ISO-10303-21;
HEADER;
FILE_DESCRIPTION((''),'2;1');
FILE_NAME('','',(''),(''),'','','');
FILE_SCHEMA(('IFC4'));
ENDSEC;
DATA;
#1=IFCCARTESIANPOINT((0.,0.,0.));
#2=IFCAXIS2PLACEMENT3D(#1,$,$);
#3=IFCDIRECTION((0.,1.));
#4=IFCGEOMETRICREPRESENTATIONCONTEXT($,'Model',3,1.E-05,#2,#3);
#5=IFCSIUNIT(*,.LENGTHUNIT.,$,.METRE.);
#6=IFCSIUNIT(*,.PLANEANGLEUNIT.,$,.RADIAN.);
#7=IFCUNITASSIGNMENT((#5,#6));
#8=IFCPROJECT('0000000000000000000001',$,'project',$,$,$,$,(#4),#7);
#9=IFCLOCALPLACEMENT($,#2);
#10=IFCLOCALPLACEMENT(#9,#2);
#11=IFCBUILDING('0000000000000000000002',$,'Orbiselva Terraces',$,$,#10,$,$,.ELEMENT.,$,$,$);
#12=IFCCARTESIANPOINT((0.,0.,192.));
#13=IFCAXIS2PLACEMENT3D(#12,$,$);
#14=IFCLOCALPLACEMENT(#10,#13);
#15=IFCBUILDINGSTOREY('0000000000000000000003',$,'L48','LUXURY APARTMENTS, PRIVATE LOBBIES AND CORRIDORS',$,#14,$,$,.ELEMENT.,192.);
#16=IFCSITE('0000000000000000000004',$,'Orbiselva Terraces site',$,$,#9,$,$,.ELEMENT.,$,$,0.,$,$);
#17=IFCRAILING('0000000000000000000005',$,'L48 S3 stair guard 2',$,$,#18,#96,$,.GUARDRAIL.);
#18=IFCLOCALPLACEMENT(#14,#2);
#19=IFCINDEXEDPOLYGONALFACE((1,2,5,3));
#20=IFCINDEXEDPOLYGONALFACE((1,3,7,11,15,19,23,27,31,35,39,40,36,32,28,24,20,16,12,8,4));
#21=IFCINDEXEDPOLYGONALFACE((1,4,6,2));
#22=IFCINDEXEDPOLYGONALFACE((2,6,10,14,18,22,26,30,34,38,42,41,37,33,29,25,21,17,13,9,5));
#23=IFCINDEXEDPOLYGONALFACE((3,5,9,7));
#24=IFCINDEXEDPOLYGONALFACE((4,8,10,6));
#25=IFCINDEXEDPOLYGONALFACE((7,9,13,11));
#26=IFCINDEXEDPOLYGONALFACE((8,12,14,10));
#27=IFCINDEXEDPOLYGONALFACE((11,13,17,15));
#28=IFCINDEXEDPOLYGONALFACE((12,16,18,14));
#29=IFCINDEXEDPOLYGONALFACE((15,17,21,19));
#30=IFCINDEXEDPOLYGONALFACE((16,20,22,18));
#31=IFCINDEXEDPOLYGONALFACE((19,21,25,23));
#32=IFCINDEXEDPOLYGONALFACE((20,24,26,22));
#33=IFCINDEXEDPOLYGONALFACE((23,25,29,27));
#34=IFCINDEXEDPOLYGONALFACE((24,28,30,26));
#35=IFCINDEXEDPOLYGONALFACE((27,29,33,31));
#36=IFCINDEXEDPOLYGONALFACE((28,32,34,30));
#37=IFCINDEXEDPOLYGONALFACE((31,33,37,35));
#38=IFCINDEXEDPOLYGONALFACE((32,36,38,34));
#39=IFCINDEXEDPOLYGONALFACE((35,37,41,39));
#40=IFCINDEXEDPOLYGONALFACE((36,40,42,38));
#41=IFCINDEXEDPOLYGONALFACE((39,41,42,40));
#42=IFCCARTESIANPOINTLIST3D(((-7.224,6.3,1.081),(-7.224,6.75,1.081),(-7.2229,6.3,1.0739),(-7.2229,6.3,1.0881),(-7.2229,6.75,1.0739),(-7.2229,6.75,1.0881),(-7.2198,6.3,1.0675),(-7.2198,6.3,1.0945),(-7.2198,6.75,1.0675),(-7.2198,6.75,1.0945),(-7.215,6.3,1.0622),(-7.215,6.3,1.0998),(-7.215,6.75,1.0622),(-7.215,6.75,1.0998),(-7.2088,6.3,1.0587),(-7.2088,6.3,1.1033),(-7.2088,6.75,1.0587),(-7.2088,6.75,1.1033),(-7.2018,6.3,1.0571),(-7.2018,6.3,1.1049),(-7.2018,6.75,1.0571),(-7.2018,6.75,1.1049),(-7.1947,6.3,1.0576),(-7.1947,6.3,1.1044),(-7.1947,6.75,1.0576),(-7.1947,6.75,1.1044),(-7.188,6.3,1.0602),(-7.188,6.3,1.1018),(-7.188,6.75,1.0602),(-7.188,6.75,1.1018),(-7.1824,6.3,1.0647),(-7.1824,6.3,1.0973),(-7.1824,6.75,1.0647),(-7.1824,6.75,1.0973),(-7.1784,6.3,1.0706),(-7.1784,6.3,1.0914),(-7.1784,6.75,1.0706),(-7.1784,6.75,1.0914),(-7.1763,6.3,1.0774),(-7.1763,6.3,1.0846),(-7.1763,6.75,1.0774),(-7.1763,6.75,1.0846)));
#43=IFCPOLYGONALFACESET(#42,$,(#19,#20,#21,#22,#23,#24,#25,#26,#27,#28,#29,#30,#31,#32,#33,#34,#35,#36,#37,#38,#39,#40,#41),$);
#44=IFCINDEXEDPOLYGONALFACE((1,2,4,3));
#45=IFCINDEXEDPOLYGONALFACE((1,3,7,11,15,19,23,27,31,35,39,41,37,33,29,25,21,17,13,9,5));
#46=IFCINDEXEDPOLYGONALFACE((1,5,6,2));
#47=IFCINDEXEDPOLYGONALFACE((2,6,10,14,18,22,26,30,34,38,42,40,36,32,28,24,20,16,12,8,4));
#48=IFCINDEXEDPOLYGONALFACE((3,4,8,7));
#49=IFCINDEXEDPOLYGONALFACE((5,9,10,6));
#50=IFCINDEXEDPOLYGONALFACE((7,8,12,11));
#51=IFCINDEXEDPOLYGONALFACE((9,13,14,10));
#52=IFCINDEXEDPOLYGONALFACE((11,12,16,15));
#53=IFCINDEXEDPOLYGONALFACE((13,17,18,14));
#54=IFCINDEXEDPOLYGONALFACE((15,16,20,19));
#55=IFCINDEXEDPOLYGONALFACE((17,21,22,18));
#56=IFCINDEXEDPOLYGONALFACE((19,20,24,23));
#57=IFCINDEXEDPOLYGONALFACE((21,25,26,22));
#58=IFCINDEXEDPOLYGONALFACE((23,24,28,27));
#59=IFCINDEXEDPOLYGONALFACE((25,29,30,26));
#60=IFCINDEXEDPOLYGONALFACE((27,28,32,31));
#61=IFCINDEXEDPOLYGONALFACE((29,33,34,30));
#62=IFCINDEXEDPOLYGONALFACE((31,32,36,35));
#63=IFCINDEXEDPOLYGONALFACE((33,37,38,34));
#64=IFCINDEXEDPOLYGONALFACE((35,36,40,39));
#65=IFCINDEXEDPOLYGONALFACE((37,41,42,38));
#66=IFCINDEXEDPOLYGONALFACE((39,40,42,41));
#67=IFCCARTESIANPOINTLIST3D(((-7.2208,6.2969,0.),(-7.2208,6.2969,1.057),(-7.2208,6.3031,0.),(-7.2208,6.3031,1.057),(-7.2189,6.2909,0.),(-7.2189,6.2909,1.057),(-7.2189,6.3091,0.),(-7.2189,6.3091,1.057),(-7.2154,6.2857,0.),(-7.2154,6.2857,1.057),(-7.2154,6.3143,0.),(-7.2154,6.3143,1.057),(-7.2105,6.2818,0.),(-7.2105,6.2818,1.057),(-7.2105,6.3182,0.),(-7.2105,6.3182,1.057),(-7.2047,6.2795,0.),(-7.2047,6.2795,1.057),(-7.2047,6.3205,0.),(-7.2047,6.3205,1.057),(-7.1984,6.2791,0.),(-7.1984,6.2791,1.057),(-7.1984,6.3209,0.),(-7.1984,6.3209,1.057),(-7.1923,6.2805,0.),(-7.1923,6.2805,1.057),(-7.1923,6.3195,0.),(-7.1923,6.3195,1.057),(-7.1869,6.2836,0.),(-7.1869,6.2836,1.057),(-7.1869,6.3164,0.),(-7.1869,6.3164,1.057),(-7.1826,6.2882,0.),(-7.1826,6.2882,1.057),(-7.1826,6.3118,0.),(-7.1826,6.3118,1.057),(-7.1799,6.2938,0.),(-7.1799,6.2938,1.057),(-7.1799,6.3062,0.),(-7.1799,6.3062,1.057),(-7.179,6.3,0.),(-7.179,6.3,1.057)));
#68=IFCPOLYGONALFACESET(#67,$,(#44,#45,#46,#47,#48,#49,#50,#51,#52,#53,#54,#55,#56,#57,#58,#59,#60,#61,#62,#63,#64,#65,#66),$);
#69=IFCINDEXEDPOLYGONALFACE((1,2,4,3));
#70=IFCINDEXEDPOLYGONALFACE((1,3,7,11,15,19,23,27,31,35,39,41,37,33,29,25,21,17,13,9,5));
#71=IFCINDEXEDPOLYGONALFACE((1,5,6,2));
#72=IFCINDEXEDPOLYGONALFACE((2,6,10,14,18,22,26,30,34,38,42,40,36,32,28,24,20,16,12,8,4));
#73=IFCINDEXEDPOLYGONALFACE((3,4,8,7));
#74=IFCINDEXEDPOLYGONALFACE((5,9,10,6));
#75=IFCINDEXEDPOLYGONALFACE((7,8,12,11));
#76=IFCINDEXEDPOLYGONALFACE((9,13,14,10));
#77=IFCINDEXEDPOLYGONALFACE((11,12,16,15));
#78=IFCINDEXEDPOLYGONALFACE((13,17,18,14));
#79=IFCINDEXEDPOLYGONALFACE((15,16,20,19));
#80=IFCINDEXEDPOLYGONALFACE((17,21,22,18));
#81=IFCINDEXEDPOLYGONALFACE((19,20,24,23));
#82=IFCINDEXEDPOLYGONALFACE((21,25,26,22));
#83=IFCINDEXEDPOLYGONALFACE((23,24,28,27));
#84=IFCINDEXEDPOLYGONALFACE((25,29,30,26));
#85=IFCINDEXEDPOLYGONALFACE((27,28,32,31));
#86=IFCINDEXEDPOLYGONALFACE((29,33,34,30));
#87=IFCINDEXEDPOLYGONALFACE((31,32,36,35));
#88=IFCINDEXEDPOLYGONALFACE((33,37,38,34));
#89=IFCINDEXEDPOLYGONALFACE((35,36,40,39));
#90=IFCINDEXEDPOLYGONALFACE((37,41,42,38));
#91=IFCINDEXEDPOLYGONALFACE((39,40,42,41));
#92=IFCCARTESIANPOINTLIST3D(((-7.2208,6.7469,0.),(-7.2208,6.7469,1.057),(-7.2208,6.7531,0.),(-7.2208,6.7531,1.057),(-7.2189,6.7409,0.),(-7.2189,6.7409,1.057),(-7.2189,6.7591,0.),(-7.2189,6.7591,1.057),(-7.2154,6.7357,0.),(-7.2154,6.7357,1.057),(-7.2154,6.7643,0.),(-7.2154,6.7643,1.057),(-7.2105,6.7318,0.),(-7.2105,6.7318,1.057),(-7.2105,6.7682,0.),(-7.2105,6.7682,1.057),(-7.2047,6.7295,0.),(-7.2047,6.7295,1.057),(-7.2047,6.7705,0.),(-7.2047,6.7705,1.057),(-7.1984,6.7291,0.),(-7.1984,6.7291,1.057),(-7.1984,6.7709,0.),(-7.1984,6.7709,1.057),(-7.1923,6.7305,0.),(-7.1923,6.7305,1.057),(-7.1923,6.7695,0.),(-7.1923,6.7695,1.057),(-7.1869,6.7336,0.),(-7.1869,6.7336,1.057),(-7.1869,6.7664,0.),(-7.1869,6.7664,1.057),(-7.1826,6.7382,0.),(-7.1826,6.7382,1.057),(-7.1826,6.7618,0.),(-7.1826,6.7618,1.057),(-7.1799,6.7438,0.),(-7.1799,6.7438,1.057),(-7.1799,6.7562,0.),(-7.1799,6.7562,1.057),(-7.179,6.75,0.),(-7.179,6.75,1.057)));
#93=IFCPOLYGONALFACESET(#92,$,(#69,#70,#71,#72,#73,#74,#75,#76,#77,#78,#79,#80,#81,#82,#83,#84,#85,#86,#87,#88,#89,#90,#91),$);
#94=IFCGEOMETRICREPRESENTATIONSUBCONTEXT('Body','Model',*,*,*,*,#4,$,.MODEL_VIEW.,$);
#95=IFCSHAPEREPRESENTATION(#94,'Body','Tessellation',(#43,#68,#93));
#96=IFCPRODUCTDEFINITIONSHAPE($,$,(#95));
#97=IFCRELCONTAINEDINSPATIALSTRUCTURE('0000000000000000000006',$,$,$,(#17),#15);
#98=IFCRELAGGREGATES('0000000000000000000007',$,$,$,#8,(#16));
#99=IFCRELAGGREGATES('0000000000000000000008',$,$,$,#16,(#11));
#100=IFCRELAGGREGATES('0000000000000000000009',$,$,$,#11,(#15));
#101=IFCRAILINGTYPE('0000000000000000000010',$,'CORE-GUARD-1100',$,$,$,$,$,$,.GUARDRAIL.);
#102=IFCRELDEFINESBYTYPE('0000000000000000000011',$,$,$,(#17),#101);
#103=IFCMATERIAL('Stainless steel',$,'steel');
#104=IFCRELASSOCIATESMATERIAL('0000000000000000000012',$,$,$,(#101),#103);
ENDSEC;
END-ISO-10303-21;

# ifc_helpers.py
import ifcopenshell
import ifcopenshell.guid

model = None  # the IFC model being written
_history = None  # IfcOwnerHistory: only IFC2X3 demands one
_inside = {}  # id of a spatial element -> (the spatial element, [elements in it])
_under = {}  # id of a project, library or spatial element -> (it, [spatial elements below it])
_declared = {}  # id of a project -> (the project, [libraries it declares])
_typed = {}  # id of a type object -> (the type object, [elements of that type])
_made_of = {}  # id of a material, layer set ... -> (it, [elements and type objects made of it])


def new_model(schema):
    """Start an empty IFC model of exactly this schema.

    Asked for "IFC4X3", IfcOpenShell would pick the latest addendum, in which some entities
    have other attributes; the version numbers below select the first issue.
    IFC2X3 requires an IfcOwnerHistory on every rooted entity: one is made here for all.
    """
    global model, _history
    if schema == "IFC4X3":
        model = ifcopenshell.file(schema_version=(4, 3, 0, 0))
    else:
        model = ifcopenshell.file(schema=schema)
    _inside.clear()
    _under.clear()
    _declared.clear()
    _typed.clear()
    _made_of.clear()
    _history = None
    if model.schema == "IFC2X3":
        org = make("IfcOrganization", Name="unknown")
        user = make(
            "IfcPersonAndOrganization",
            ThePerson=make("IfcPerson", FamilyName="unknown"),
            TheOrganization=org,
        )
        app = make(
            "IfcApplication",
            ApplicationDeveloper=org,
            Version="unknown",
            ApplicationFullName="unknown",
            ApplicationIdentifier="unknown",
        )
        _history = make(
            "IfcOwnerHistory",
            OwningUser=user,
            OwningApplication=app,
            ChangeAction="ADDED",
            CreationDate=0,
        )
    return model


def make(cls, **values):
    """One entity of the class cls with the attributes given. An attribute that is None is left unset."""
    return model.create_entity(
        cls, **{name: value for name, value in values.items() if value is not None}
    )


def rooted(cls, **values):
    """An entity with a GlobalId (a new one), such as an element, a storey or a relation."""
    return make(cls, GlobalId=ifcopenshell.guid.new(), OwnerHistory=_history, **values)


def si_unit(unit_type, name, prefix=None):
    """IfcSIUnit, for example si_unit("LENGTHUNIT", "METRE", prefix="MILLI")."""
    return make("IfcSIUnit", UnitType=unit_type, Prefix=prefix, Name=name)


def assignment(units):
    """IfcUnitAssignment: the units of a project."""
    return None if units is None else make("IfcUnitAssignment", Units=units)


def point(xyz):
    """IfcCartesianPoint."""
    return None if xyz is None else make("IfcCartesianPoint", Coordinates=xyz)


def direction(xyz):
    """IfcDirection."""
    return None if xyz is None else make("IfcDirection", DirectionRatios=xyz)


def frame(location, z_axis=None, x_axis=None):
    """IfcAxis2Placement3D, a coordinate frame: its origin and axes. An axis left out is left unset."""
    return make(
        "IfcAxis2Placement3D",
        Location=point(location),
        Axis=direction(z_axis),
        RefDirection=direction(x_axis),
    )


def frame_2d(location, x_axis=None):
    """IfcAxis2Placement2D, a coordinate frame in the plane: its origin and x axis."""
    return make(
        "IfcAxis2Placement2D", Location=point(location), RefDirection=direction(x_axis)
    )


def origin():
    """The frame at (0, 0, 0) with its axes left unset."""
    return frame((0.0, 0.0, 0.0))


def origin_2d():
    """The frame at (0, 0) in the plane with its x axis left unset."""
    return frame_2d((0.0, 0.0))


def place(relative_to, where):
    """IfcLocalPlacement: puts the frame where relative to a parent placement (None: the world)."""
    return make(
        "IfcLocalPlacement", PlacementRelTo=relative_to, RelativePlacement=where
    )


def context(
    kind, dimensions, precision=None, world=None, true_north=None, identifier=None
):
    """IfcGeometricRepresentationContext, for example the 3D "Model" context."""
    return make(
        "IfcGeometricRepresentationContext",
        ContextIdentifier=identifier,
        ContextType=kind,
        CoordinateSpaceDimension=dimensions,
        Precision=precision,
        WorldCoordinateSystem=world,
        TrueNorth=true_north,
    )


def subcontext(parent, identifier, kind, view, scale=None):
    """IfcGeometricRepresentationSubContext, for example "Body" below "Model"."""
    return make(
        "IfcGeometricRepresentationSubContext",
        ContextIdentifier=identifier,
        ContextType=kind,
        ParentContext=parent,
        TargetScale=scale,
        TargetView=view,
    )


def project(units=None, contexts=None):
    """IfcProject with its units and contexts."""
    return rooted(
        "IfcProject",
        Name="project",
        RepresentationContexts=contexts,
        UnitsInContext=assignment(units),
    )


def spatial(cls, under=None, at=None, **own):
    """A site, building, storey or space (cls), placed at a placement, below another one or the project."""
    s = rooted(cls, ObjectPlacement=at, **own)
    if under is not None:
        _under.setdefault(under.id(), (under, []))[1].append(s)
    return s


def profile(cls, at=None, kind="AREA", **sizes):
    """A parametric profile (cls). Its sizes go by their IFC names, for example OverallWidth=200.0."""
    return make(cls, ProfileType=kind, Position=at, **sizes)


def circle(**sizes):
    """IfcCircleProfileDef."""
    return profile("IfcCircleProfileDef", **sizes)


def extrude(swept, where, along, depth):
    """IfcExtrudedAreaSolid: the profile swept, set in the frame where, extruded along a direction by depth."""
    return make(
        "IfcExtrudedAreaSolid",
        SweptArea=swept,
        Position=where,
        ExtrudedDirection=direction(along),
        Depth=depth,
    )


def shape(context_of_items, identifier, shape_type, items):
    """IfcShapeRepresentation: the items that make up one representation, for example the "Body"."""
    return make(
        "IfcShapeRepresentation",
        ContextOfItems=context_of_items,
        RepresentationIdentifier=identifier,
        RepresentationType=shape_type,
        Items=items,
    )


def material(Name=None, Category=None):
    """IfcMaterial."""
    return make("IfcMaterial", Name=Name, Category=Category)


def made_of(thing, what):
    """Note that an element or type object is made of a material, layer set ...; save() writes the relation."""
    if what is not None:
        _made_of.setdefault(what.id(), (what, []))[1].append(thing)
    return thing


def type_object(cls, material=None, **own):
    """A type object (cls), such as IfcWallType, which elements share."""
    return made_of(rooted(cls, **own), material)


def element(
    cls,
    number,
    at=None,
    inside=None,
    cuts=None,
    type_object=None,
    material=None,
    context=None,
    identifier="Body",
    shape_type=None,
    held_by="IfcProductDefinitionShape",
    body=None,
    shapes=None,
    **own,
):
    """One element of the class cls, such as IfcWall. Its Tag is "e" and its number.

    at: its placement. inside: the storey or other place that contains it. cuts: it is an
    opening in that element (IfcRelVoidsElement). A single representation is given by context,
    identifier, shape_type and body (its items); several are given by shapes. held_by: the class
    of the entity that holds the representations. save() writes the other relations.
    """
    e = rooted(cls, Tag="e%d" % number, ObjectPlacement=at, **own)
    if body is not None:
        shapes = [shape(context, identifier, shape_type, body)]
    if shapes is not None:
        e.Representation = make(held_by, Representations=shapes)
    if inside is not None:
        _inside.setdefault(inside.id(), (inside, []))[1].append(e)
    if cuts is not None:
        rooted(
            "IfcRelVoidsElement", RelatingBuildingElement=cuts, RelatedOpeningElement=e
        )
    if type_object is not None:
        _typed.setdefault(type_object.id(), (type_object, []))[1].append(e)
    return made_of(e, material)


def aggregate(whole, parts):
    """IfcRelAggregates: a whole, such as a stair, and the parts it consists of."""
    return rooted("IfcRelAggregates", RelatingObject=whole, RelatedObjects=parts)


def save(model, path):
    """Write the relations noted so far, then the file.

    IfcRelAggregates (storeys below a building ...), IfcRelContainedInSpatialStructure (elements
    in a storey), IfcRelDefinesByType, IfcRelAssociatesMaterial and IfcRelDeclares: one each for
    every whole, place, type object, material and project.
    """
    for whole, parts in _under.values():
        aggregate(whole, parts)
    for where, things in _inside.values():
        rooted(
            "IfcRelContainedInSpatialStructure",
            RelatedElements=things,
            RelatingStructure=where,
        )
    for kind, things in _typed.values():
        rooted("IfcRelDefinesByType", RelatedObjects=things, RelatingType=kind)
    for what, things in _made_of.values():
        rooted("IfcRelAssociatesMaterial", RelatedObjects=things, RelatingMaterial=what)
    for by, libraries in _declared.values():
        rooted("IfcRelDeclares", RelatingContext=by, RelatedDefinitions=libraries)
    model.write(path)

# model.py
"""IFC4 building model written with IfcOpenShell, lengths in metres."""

from ifc_helpers import new_model, si_unit, direction, frame, origin, origin_2d, place, context, subcontext, project, spatial, circle, extrude, material, type_object, element, save


model = new_model("IFC4")

# Units and contexts
model_context = context("Model", 3, precision=1e-05, world=origin(), true_north=direction((0.0, 1.0)))
body_context = subcontext(model_context, "Body", "Model", "MODEL_VIEW")
ifc_project = project(units=[si_unit("LENGTHUNIT", "METRE"), si_unit("PLANEANGLEUNIT", "RADIAN")], contexts=[model_context])

# Site, building, storey
site_placement = place(None, origin())
site = spatial("IfcSite", under=ifc_project, at=site_placement, Name="Orbiselva Terraces site", CompositionType="ELEMENT", RefElevation=0.0)
building_placement = place(site_placement, origin())
building = spatial("IfcBuilding", under=site, at=building_placement, Name="Orbiselva Terraces", CompositionType="ELEMENT")
storey_placement = place(building_placement, frame((0.0, 0.0, 192.0)))
storey = spatial("IfcBuildingStorey", under=building, at=storey_placement, Name="L48", Description="LUXURY APARTMENTS, PRIVATE LOBBIES AND CORRIDORS", CompositionType="ELEMENT", Elevation=192.0)

# Railing
ifc_material_1 = material(Name="Stainless steel", Category="steel")
railing_type_1 = type_object("IfcRailingType", Name="CORE-GUARD-1100", PredefinedType="GUARDRAIL", material=ifc_material_1)
railing_1_placement = place(storey_placement, frame((-7.2, 6.3, 0.0)))
element("IfcRailing", 1, at=railing_1_placement, inside=storey, type_object=railing_type_1, Name="L48 S3 stair guard 2", PredefinedType="GUARDRAIL", context=body_context, shape_type="SweptSolid", body=[
    extrude(circle(Radius=0.024, at=origin_2d()), frame((0.0, 0.0, 1.081), z_axis=(0.0, 1.0, 0.0), x_axis=(-1.0, 0.0, 0.0)), (0.0, 0.0, 1.0), 0.45),
    extrude(circle(Radius=0.021, at=origin_2d()), origin(), (0.0, 0.0, 1.0), 1.057),
    extrude(circle(Radius=0.021, at=origin_2d()), frame((0.0, 0.45, 0.0)), (0.0, 0.0, 1.0), 1.057),
])

save(model, "model.ifc")
